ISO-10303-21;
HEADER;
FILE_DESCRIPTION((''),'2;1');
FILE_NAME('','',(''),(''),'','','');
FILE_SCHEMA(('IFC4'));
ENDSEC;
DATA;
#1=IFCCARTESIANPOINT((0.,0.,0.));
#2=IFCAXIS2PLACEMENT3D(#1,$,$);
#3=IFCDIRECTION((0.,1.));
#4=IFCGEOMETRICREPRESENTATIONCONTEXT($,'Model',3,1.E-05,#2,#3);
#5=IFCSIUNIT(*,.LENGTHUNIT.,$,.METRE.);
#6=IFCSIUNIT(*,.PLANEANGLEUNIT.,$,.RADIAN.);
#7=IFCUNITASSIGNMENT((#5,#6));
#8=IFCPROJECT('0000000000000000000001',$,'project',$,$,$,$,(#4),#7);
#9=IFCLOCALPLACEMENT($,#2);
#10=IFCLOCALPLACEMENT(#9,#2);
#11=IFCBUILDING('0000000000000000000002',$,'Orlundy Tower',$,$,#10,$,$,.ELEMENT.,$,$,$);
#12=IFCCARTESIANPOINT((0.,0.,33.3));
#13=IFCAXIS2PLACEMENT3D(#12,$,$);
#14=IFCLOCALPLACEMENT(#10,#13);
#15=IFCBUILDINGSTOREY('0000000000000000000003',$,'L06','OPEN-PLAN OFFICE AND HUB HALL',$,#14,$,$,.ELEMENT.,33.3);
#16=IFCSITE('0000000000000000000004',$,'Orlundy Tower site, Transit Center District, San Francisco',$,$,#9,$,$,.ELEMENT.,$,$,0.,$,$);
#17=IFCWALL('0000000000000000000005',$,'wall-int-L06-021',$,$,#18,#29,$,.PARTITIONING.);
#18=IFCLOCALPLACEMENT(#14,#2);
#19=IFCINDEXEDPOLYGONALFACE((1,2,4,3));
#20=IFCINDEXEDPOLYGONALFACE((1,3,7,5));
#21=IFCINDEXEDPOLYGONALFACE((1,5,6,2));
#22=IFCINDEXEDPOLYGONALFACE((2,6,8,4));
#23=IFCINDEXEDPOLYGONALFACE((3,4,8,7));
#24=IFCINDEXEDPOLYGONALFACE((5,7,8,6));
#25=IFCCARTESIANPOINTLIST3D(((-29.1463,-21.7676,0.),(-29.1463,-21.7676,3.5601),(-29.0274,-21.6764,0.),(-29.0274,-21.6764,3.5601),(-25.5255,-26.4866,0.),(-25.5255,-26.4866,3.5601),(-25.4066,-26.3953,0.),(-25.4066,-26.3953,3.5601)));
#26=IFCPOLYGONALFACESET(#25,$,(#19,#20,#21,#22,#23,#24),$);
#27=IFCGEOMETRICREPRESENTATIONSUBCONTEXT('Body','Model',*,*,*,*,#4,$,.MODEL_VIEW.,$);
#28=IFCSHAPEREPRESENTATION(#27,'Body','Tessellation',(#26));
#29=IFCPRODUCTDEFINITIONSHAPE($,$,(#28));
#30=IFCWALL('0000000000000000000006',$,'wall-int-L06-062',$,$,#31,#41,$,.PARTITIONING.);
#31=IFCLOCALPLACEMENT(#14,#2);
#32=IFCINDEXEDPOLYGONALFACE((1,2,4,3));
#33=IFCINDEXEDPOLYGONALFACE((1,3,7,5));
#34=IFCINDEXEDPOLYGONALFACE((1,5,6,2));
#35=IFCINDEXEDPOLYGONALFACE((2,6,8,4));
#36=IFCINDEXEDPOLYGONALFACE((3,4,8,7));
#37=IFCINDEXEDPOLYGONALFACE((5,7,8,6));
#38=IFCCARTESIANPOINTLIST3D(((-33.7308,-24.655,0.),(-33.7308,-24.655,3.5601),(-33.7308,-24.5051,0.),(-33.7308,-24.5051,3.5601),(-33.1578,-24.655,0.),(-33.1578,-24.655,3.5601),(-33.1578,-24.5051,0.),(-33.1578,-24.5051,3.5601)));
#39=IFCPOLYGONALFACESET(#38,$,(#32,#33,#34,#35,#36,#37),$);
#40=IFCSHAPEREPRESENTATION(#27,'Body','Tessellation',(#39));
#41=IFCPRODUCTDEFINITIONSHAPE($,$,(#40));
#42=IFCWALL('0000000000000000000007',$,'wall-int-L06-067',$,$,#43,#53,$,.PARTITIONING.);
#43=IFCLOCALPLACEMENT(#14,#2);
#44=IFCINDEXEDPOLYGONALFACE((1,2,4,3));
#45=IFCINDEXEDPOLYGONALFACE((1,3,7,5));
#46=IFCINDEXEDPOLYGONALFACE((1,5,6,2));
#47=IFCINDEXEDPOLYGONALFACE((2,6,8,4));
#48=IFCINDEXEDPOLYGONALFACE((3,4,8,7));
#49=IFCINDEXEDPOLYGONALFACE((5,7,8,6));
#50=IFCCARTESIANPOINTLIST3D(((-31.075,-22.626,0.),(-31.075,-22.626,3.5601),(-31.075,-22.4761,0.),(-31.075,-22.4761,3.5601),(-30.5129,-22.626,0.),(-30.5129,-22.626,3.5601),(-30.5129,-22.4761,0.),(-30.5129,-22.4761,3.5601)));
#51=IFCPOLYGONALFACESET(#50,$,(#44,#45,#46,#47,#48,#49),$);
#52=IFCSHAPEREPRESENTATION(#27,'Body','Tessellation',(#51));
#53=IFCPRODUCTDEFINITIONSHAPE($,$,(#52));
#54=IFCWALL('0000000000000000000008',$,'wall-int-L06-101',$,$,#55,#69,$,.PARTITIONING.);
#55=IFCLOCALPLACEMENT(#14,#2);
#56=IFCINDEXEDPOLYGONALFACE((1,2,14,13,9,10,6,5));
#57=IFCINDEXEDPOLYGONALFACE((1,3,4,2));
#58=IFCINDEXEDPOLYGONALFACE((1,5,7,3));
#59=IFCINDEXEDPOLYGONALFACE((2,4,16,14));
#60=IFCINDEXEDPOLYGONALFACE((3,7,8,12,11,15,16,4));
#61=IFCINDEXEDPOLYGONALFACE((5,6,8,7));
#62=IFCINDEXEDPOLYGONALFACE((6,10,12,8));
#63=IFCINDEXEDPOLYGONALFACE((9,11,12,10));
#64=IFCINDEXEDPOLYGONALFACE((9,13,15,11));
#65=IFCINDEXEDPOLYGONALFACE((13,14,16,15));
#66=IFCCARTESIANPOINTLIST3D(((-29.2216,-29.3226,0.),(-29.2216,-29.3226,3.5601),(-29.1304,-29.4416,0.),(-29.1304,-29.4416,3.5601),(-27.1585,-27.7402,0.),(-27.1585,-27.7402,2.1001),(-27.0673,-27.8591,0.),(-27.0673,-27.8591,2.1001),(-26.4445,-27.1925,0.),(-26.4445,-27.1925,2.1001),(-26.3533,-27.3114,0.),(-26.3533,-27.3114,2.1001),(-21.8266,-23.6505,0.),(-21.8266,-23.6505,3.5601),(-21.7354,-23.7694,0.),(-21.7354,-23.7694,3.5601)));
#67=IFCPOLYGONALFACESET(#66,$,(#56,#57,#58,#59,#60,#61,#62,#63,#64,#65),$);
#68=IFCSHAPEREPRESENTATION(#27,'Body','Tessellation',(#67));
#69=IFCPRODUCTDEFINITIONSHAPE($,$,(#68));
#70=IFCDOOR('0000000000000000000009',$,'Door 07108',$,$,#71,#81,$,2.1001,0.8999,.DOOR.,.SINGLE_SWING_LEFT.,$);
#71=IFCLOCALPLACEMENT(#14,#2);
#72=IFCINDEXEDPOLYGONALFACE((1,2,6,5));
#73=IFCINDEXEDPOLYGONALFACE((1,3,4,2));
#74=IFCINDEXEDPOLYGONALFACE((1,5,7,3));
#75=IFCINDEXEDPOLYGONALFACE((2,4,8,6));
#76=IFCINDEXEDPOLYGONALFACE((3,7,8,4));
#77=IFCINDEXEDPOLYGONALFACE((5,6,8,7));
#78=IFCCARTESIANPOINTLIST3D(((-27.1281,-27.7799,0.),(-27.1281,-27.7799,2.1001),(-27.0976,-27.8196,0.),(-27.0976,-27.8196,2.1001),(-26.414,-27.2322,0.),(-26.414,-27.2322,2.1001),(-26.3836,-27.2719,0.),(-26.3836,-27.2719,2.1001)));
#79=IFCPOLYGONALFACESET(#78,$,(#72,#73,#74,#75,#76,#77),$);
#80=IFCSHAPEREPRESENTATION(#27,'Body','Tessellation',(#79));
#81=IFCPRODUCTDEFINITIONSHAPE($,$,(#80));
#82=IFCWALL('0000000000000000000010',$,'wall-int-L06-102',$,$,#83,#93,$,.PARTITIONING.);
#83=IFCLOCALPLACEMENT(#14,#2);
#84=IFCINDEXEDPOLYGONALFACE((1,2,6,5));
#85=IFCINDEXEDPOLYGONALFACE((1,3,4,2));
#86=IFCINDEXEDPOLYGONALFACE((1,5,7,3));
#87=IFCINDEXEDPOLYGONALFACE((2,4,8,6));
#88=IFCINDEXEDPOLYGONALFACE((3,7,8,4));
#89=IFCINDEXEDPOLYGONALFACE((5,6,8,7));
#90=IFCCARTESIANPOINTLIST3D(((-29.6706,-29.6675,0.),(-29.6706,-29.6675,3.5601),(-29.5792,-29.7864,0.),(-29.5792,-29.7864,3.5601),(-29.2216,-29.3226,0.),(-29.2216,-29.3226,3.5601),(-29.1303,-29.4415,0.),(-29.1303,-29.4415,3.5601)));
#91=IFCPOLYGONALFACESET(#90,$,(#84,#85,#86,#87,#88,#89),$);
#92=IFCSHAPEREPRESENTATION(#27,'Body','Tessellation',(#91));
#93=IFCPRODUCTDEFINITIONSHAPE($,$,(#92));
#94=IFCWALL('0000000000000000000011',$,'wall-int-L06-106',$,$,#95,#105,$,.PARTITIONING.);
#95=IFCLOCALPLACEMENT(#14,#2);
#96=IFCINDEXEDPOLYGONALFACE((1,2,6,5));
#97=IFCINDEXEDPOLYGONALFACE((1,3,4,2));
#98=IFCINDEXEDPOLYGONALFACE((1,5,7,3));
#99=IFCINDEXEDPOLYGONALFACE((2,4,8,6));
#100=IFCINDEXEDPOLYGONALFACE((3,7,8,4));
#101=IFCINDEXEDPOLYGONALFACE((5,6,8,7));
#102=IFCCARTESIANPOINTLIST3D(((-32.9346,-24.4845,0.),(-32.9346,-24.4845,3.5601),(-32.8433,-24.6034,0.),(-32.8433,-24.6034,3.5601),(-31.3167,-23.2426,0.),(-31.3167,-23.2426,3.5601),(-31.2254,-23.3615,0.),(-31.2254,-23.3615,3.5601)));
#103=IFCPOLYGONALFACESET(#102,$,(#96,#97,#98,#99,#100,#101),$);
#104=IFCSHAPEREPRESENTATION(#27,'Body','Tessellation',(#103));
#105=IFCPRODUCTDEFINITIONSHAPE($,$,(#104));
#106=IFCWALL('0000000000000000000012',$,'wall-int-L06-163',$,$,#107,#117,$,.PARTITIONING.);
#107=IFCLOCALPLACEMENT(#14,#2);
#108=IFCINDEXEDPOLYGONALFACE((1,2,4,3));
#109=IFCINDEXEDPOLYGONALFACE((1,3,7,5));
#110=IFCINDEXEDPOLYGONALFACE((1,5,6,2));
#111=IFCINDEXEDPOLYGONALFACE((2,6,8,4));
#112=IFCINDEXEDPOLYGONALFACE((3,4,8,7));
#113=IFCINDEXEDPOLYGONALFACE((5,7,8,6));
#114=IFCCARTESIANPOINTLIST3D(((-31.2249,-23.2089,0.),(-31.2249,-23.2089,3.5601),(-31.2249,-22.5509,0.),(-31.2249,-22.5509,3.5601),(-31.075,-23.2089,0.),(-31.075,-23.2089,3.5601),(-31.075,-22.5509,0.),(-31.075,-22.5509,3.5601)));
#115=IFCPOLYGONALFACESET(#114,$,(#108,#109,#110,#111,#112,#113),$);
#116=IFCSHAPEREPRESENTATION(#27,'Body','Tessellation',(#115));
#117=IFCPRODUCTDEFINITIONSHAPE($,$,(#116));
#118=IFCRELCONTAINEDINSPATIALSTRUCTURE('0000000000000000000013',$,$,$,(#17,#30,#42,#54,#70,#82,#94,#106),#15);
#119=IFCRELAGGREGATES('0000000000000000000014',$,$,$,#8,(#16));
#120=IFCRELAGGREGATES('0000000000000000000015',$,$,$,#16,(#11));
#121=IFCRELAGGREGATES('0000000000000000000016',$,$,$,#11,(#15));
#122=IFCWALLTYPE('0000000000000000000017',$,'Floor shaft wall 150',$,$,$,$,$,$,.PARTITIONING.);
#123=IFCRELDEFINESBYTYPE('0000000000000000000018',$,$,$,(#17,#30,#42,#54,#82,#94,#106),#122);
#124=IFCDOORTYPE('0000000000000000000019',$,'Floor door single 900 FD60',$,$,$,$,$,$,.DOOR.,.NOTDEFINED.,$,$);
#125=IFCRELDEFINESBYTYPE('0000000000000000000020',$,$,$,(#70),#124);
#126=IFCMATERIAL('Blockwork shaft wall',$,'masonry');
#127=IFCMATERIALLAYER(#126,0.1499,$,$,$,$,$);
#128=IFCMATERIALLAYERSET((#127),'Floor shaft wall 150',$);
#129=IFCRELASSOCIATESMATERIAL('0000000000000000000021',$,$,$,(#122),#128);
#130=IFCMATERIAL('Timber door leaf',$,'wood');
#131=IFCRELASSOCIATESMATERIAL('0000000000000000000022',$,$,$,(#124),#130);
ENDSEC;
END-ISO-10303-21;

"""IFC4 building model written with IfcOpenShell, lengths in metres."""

from ifc_helpers import new_model, si_unit, direction, frame, frame_2d, origin, place, context, subcontext, project, spatial, rectangle, extrude, material, layer, layer_set, type_object, element, fill, save


model = new_model("IFC4")

# Units and contexts
model_context = context("Model", 3, precision=1e-05, world=origin(), true_north=direction((0.0, 1.0)))
body_context = subcontext(model_context, "Body", "Model", "MODEL_VIEW")
ifc_project = project(units=[si_unit("LENGTHUNIT", "METRE"), si_unit("PLANEANGLEUNIT", "RADIAN")], contexts=[model_context])

# Site, building, storey
site_placement = place(None, origin())
site = spatial("IfcSite", under=ifc_project, at=site_placement, Name="Orlundy Tower site, Transit Center District, San Francisco", CompositionType="ELEMENT", RefElevation=0.0)
building_placement = place(site_placement, origin())
building = spatial("IfcBuilding", under=site, at=building_placement, Name="Orlundy Tower", CompositionType="ELEMENT")
storey_placement = place(building_placement, frame((0.0, 0.0, 33.3)))
storey = spatial("IfcBuildingStorey", under=building, at=storey_placement, Name="L06", Description="OPEN-PLAN OFFICE AND HUB HALL", CompositionType="ELEMENT", Elevation=33.3)

# Walls
ifc_material_1 = material(Name="Blockwork shaft wall", Category="masonry")
ifc_layer_1 = layer(ifc_material_1, 0.1499)
ifc_layer_set_1 = layer_set([ifc_layer_1], Name="Floor shaft wall 150")
wall_type_1 = type_object("IfcWallType", Name="Floor shaft wall 150", PredefinedType="PARTITIONING", material=ifc_layer_set_1)
wall_1_placement = place(storey_placement, frame((-29.0869, -21.7219, 0.0), z_axis=(0.0, 0.0, 1.0), x_axis=(0.608744, -0.793366, 0.0)))
element("IfcWall", 1, at=wall_1_placement, inside=storey, type_object=wall_type_1, Name="wall-int-L06-021", PredefinedType="PARTITIONING", context=body_context, shape_type="SweptSolid", body=[
    extrude(rectangle(XDim=5.948, YDim=0.1499, at=frame_2d((2.9741, 0.0))), origin(), (0.0, 0.0, 1.0), 3.5601),
])
wall_2_placement = place(storey_placement, frame((-33.731, -24.5801, 0.0), z_axis=(0.0, 0.0, 1.0), x_axis=(1.0, 0.0, 0.0)))
element("IfcWall", 2, at=wall_2_placement, inside=storey, type_object=wall_type_1, Name="wall-int-L06-062", PredefinedType="PARTITIONING", context=body_context, shape_type="SweptSolid", body=[
    extrude(rectangle(XDim=0.573, YDim=0.1499, at=frame_2d((0.2866, 0.0))), origin(), (0.0, 0.0, 1.0), 3.5601),
])
wall_3_placement = place(storey_placement, frame((-31.075, -22.551, 0.0), z_axis=(0.0, 0.0, 1.0), x_axis=(1.0, 0.0, 0.0)))
element("IfcWall", 3, at=wall_3_placement, inside=storey, type_object=wall_type_1, Name="wall-int-L06-067", PredefinedType="PARTITIONING", context=body_context, shape_type="SweptSolid", body=[
    extrude(rectangle(XDim=0.562, YDim=0.1499, at=frame_2d((0.281, 0.0))), origin(), (0.0, 0.0, 1.0), 3.5601),
])

# Wall, opening, door
wall_4_placement = place(storey_placement, frame((-29.176, -29.3821, 0.0), z_axis=(0.0, 0.0, 1.0), x_axis=(0.793471, 0.608608, 0.0)))
wall_4 = element("IfcWall", 4, at=wall_4_placement, inside=storey, type_object=wall_type_1, Name="wall-int-L06-101", PredefinedType="PARTITIONING", context=body_context, shape_type="SweptSolid", body=[
    extrude(rectangle(XDim=9.3198, YDim=0.1499, at=frame_2d((4.6599, 0.0))), origin(), (0.0, 0.0, 1.0), 3.5601),
])
opening_1_placement = place(wall_4_placement, frame((2.6001, 0.0, 0.0)))
opening_1 = element("IfcOpeningElement", 5, at=opening_1_placement, cuts=wall_4, PredefinedType="OPENING", context=body_context, shape_type="SweptSolid", body=[
    extrude(rectangle(XDim=0.8999, YDim=2.1001, at=frame_2d((0.45, 1.05))), frame((0.0, 0.085, 0.0), z_axis=(0.0, -1.0, 0.0), x_axis=(1.0, 0.0, 0.0)), (0.0, 0.0, 1.0), 0.1699),
])
ifc_material_2 = material(Name="Timber door leaf", Category="wood")
door_type_1 = type_object("IfcDoorType", Name="Floor door single 900 FD60", OperationType="NOTDEFINED", PredefinedType="DOOR", material=ifc_material_2)
door_1_placement = place(opening_1_placement, origin())
door_1 = element("IfcDoor", 6, at=door_1_placement, inside=storey, type_object=door_type_1, Name="Door 07108", OperationType="SINGLE_SWING_LEFT", OverallHeight=2.1001, OverallWidth=0.8999, PredefinedType="DOOR", context=body_context, shape_type="SweptSolid", body=[
    extrude(rectangle(XDim=0.8999, YDim=2.1001, at=frame_2d((0.45, 1.05))), frame((0.0, 0.0249, 0.0), z_axis=(0.0, -1.0, 0.0), x_axis=(1.0, 0.0, 0.0)), (0.0, 0.0, 1.0), 0.05),
])
fill(opening_1, door_1)

# Walls
wall_5_placement = place(storey_placement, frame((-29.625, -29.7271, 0.0), z_axis=(0.0, 0.0, 1.0), x_axis=(0.79296, 0.609273, 0.0)))
element("IfcWall", 7, at=wall_5_placement, inside=storey, type_object=wall_type_1, Name="wall-int-L06-102", PredefinedType="PARTITIONING", context=body_context, shape_type="SweptSolid", body=[
    extrude(rectangle(XDim=0.5662, YDim=0.1499, at=frame_2d((0.2832, 0.0))), origin(), (0.0, 0.0, 1.0), 3.5601),
])
wall_6_placement = place(storey_placement, frame((-32.8889, -24.5439, 0.0), z_axis=(0.0, 0.0, 1.0), x_axis=(0.793242, 0.608906, 0.0)))
element("IfcWall", 8, at=wall_6_placement, inside=storey, type_object=wall_type_1, Name="wall-int-L06-106", PredefinedType="PARTITIONING", context=body_context, shape_type="SweptSolid", body=[
    extrude(rectangle(XDim=2.0396, YDim=0.1499, at=frame_2d((1.0198, 0.0))), origin(), (0.0, 0.0, 1.0), 3.5601),
])
wall_7_placement = place(storey_placement, frame((-31.1499, -23.209, 0.0), z_axis=(0.0, 0.0, 1.0), x_axis=(0.0, 1.0, 0.0)))
element("IfcWall", 9, at=wall_7_placement, inside=storey, type_object=wall_type_1, Name="wall-int-L06-163", PredefinedType="PARTITIONING", context=body_context, shape_type="SweptSolid", body=[
    extrude(rectangle(XDim=0.658, YDim=0.1499, at=frame_2d((0.3291, 0.0))), origin(), (0.0, 0.0, 1.0), 3.5601),
])

save(model, "model.ifc")
